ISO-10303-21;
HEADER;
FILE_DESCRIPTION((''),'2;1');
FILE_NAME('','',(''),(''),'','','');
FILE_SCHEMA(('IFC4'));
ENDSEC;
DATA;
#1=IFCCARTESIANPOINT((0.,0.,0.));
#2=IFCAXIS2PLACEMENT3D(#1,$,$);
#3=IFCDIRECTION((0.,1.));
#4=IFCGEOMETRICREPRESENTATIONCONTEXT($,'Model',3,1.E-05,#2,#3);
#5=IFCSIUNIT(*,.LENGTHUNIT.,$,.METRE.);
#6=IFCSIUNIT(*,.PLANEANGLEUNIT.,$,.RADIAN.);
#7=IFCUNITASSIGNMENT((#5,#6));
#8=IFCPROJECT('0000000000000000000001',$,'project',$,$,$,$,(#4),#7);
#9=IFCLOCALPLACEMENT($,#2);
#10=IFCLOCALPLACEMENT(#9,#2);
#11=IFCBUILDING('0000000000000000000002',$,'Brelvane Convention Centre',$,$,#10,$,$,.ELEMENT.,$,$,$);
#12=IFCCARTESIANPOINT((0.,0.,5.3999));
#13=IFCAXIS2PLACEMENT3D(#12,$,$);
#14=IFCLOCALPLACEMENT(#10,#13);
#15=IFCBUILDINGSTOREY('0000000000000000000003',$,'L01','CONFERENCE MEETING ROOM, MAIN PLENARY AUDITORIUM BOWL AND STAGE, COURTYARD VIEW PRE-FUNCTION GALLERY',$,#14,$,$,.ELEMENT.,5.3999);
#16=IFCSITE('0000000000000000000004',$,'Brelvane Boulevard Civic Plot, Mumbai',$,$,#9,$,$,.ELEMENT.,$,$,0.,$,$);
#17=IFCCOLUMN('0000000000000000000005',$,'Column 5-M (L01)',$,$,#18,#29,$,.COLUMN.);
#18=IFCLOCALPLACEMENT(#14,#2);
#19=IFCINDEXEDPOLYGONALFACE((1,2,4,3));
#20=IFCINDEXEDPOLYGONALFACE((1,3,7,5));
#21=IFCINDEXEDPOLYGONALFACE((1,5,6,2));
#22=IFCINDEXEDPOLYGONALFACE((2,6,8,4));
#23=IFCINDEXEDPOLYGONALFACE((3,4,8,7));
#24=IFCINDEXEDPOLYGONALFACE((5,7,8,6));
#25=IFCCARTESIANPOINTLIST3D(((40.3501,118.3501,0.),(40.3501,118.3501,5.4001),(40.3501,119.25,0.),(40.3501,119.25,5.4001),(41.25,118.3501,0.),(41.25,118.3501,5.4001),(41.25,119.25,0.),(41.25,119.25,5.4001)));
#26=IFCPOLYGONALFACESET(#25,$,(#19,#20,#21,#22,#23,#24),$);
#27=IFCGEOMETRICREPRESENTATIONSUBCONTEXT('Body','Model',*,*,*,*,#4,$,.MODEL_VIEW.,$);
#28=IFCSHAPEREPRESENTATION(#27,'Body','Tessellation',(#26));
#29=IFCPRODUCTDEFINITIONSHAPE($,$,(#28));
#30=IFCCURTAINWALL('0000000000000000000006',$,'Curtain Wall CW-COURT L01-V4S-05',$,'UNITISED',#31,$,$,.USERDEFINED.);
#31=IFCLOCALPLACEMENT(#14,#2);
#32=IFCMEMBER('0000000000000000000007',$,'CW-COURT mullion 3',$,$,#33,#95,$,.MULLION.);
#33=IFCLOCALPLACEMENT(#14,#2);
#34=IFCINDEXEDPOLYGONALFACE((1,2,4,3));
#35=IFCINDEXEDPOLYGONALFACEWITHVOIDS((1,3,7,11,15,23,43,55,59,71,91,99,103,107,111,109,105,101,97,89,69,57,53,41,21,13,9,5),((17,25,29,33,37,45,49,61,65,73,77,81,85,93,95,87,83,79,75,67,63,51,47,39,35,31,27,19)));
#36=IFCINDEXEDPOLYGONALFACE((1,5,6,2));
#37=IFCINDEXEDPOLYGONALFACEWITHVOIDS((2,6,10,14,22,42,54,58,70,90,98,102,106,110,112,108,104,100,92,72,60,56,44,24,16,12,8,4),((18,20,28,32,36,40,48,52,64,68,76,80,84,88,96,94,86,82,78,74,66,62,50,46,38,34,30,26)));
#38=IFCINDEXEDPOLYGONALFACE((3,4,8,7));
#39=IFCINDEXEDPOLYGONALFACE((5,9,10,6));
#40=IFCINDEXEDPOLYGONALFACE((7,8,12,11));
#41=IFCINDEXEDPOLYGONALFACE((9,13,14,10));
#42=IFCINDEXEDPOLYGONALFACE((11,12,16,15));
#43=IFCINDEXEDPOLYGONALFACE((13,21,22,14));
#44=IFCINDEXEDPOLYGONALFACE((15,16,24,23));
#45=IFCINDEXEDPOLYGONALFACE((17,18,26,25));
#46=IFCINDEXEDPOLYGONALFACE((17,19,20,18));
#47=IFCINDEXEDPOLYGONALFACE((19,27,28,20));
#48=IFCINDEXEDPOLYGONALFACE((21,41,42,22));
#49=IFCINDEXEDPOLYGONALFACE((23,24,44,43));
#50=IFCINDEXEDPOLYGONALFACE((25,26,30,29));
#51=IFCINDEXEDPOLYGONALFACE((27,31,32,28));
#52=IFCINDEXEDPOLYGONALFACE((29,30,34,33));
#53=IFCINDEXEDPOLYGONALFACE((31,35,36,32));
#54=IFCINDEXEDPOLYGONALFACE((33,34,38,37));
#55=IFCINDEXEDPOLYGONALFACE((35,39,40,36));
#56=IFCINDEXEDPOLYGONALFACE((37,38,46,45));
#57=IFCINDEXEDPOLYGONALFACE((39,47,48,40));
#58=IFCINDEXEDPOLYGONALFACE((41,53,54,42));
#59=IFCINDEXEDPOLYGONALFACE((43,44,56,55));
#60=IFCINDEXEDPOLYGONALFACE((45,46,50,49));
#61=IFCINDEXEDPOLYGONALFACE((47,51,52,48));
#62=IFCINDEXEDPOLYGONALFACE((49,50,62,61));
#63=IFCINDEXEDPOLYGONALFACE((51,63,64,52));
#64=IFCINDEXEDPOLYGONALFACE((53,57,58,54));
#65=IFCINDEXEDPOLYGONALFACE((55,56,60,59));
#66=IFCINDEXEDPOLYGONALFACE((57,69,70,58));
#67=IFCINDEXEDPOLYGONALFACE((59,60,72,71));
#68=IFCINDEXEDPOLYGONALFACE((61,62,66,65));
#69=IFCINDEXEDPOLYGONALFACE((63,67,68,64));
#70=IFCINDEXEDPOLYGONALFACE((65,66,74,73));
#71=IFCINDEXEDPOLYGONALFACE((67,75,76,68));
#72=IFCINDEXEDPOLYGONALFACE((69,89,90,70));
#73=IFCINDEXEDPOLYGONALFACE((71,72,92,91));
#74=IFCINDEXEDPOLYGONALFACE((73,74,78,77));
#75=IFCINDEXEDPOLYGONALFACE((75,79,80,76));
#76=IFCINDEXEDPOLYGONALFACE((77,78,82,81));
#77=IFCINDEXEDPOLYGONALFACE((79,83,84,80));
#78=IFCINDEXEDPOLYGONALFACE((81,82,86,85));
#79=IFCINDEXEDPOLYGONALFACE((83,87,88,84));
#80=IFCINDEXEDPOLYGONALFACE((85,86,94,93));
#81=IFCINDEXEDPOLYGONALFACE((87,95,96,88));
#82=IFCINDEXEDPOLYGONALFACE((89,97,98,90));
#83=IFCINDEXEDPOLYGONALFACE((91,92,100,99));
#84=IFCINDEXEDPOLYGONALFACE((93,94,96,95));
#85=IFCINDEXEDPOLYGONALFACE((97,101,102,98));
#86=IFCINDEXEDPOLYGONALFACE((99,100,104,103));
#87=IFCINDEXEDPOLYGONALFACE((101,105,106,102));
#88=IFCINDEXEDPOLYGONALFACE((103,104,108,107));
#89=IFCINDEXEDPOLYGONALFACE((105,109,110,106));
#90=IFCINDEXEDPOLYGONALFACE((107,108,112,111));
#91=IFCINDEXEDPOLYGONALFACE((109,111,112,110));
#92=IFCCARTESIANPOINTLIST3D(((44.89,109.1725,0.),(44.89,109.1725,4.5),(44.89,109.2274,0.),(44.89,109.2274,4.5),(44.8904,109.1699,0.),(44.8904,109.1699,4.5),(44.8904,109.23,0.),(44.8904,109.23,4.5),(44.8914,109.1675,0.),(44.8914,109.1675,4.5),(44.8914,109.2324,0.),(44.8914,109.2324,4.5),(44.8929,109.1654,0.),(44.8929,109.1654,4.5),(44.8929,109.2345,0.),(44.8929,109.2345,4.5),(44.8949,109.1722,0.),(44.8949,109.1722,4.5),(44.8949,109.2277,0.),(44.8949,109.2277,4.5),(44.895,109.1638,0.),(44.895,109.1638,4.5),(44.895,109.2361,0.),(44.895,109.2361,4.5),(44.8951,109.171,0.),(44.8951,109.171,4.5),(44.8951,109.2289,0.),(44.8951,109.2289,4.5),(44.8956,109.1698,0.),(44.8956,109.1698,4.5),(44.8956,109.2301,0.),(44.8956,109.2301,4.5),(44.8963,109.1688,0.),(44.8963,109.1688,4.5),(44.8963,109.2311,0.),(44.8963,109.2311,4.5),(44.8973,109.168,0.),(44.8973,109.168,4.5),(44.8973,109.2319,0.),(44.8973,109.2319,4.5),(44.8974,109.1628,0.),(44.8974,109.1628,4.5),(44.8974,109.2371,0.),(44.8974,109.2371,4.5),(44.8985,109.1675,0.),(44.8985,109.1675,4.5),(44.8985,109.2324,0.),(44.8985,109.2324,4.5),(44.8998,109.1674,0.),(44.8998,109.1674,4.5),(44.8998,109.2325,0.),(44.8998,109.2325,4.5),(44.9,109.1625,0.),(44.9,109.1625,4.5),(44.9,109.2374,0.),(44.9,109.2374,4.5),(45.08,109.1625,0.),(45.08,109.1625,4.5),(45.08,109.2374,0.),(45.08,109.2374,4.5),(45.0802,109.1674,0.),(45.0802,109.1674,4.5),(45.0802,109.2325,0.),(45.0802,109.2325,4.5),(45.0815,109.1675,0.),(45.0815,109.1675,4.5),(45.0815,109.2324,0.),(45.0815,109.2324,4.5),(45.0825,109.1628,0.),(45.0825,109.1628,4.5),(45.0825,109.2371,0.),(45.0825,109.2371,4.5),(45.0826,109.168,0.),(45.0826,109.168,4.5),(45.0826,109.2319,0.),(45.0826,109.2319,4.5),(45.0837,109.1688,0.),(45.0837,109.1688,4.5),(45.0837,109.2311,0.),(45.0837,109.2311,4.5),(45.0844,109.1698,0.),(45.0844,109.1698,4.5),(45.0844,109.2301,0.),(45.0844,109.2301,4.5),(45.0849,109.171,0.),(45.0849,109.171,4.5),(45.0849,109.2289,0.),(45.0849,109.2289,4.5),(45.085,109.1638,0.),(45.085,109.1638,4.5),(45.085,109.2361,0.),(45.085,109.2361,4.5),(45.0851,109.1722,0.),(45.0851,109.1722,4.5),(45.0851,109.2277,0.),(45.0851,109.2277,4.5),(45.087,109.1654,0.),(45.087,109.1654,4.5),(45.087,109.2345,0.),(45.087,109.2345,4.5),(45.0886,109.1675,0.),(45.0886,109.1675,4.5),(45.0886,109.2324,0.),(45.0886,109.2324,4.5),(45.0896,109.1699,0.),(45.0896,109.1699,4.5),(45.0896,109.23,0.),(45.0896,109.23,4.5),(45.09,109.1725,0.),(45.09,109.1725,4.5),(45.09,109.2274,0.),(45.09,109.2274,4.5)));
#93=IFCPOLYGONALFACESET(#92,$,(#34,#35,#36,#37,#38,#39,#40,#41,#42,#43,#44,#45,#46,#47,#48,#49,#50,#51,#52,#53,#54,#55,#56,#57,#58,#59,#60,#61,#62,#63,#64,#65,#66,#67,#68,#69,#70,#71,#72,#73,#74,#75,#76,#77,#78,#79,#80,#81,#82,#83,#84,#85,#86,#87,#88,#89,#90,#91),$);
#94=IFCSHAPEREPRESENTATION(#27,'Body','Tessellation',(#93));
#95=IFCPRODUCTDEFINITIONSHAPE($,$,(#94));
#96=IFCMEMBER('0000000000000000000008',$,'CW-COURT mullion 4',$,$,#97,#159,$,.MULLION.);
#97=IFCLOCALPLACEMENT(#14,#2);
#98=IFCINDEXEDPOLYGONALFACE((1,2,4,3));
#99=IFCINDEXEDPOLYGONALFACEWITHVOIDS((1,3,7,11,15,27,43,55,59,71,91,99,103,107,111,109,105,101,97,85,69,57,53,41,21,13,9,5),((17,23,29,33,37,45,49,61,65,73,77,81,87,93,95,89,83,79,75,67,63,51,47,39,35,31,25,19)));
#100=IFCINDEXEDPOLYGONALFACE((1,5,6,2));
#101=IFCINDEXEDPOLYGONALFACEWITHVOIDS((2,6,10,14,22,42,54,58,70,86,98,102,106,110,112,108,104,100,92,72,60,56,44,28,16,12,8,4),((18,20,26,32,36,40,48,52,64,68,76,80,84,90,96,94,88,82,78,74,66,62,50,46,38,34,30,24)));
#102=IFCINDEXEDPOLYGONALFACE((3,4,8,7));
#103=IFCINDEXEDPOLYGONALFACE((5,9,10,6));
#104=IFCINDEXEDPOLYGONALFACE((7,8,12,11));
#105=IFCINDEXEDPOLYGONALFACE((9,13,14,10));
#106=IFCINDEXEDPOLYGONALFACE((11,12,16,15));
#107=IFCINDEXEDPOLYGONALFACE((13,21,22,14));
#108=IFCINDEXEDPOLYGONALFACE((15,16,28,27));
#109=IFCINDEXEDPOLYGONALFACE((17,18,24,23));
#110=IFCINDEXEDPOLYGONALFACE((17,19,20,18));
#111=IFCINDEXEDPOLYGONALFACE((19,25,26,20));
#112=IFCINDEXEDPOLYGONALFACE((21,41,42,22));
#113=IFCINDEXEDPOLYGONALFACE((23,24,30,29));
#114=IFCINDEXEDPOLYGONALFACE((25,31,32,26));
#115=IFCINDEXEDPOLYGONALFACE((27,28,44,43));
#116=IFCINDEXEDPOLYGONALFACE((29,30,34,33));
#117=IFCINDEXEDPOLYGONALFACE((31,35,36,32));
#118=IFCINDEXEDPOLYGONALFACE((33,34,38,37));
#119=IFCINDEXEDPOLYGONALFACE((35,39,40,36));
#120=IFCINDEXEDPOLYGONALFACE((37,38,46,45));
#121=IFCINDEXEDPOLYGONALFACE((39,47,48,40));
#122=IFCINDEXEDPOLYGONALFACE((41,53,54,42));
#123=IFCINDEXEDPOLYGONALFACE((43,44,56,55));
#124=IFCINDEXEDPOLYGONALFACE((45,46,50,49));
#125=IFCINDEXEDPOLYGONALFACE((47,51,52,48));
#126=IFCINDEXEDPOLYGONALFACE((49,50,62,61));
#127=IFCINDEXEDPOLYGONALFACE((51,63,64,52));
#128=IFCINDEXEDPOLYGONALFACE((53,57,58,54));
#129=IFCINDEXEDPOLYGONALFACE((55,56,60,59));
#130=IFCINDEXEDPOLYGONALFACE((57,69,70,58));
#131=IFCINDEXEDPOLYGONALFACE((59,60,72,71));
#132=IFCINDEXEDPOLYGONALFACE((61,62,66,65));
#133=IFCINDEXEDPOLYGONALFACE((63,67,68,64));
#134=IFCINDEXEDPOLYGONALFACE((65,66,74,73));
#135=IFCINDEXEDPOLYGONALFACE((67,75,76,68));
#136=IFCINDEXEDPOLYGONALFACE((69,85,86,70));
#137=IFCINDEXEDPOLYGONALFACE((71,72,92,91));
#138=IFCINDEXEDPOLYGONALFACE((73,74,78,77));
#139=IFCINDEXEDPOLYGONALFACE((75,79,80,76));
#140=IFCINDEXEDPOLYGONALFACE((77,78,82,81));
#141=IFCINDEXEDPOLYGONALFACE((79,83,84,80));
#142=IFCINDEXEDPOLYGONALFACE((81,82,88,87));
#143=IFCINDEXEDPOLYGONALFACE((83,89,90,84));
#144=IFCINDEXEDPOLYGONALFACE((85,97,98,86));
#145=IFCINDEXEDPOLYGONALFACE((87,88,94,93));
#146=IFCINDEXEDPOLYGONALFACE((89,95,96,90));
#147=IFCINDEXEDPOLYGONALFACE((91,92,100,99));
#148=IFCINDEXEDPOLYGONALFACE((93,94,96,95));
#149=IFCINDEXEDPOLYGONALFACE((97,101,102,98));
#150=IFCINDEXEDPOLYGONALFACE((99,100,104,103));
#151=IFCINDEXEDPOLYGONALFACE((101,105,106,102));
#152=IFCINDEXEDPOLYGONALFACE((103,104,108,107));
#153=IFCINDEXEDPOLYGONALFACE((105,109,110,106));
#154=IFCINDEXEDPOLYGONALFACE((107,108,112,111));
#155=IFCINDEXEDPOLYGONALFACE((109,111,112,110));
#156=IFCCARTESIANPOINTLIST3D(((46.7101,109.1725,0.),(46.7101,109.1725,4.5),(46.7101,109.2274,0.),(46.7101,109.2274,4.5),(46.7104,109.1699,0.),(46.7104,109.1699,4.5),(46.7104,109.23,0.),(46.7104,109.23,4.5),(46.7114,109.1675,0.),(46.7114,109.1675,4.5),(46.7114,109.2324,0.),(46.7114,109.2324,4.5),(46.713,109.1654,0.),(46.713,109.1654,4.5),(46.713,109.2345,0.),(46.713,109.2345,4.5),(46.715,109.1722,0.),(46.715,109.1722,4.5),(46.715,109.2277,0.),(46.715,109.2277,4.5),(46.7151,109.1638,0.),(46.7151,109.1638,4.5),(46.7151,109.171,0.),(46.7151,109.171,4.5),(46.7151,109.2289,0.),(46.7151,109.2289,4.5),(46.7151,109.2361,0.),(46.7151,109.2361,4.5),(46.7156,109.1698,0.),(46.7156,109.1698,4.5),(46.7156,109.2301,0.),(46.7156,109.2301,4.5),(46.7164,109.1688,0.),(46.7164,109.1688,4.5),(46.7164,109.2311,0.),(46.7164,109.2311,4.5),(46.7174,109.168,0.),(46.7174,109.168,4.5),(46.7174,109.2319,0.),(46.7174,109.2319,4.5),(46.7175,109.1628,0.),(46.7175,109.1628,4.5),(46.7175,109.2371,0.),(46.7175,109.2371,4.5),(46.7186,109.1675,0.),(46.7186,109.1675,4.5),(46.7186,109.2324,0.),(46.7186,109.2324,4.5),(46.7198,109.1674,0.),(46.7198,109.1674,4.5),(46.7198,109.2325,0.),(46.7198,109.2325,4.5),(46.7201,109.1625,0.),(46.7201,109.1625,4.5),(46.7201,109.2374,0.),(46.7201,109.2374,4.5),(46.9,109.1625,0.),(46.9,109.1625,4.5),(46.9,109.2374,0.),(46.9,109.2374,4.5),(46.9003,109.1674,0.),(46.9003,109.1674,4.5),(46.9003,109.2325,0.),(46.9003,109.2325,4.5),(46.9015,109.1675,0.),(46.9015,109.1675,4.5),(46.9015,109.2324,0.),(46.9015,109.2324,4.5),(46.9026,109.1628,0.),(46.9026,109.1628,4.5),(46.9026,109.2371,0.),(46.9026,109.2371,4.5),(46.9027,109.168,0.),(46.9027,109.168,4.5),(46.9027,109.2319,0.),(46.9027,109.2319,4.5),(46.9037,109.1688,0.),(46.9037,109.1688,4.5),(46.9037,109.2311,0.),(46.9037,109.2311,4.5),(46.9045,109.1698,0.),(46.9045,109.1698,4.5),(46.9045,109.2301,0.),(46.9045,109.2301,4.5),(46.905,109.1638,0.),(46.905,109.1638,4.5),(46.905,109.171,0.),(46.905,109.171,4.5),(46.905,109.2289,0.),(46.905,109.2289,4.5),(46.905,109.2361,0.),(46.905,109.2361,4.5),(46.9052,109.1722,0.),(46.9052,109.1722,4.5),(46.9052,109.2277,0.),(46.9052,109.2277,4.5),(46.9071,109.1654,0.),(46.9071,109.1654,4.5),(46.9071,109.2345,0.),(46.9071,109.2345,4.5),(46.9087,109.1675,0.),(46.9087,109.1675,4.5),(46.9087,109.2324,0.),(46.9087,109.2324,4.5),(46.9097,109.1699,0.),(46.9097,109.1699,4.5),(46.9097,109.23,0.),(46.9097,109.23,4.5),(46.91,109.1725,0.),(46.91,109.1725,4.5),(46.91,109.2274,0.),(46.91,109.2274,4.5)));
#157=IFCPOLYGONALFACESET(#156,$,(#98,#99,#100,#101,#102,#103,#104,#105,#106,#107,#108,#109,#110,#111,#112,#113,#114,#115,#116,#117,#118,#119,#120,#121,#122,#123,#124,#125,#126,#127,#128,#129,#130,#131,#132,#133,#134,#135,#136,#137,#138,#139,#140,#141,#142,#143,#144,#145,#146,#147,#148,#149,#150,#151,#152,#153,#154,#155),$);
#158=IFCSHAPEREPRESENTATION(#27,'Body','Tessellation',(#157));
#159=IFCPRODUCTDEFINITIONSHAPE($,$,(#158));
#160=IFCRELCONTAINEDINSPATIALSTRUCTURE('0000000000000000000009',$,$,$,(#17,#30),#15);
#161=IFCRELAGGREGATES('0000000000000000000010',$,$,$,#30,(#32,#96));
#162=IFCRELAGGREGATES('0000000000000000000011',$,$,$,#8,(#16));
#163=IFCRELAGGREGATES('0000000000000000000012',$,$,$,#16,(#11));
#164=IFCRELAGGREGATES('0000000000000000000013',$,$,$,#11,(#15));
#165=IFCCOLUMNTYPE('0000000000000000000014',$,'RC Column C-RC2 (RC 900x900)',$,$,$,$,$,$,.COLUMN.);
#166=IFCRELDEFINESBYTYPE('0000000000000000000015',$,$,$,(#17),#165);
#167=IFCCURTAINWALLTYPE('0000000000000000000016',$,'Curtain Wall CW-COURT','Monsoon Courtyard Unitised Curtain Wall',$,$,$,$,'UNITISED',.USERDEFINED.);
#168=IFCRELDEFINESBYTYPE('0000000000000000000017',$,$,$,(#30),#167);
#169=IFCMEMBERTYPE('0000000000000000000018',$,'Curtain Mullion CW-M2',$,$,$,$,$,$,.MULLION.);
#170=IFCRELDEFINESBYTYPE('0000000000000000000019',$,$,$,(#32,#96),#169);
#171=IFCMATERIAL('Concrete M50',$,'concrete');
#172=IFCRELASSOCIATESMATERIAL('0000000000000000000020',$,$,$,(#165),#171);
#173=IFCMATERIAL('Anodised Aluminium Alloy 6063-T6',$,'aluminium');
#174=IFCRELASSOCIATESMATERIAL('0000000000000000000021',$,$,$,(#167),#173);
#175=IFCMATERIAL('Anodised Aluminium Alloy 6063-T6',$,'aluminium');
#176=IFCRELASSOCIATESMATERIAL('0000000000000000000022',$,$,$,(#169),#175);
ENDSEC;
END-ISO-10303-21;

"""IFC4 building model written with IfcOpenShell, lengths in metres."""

from ifc_helpers import new_model, si_unit, direction, frame, origin, origin_2d, place, context, subcontext, project, spatial, rectangle, hollow_rectangle, extrude, material, material_profile, profile_set, type_object, element, aggregate, save


model = new_model("IFC4")

# Units and contexts
model_context = context("Model", 3, precision=1e-05, world=origin(), true_north=direction((0.0, 1.0)))
body_context = subcontext(model_context, "Body", "Model", "MODEL_VIEW")
ifc_project = project(units=[si_unit("LENGTHUNIT", "METRE"), si_unit("PLANEANGLEUNIT", "RADIAN")], contexts=[model_context])

# Site, building, storey
site_placement = place(None, origin())
site = spatial("IfcSite", under=ifc_project, at=site_placement, Name="Brelvane Boulevard Civic Plot, Mumbai", CompositionType="ELEMENT", RefElevation=0.0)
building_placement = place(site_placement, origin())
building = spatial("IfcBuilding", under=site, at=building_placement, Name="Brelvane Convention Centre", CompositionType="ELEMENT")
storey_placement = place(building_placement, frame((0.0, 0.0, 5.3999)))
storey = spatial("IfcBuildingStorey", under=building, at=storey_placement, Name="L01", Description="CONFERENCE MEETING ROOM, MAIN PLENARY AUDITORIUM BOWL AND STAGE, COURTYARD VIEW PRE-FUNCTION GALLERY", CompositionType="ELEMENT", Elevation=5.3999)

# Column
ifc_material_1 = material(Name="Concrete M50", Category="concrete")
ifc_material_profile_1 = material_profile(ifc_material_1, rectangle(XDim=0.8999, YDim=0.8999, at=origin_2d()), Name="RC 900x900")
ifc_profile_set_1 = profile_set([ifc_material_profile_1], Name="Concrete M50")
column_type = type_object("IfcColumnType", Name="RC Column C-RC2 (RC 900x900)", PredefinedType="COLUMN", material=ifc_profile_set_1)
column_placement = place(storey_placement, frame((40.8, 118.8, 0.0), z_axis=(0.0, 0.0, 1.0), x_axis=(1.0, 0.0, 0.0)))
element("IfcColumn", 1, at=column_placement, inside=storey, type_object=column_type, Name="Column 5-M (L01)", PredefinedType="COLUMN", context=body_context, shape_type="SweptSolid", body=[
    extrude(rectangle(XDim=0.8999, YDim=0.8999, at=origin_2d()), origin(), (0.0, 0.0, 1.0), 5.4001),
])

# Curtain wall, members
ifc_material_2 = material(Name="Anodised Aluminium Alloy 6063-T6", Category="aluminium")
curtain_wall_type = type_object("IfcCurtainWallType", Name="Curtain Wall CW-COURT", Description="Monsoon Courtyard Unitised Curtain Wall", ElementType="UNITISED", PredefinedType="USERDEFINED", material=ifc_material_2)
curtain_wall_placement = place(storey_placement, origin())
curtain_wall = element("IfcCurtainWall", 2, at=curtain_wall_placement, inside=storey, type_object=curtain_wall_type, Name="Curtain Wall CW-COURT L01-V4S-05", ObjectType="UNITISED", PredefinedType="USERDEFINED")
ifc_material_3 = material(Name="Anodised Aluminium Alloy 6063-T6", Category="aluminium")
ifc_material_profile_2 = material_profile(ifc_material_3, hollow_rectangle(XDim=0.075, YDim=0.2, WallThickness=0.0049, InnerFilletRadius=0.0049, OuterFilletRadius=0.01, at=origin_2d()), Name="ALU-M 200x75x5.0")
ifc_profile_set_2 = profile_set([ifc_material_profile_2], Name="Anodised Aluminium Alloy 6063-T6")
member_type_1 = type_object("IfcMemberType", Name="Curtain Mullion CW-M2", PredefinedType="MULLION", material=ifc_profile_set_2)
member_1_placement = place(storey_placement, frame((44.99, 109.2, 0.0), z_axis=(0.0, 0.0, 1.0), x_axis=(0.0, 1.0, 0.0)))
member_1 = element("IfcMember", 3, at=member_1_placement, type_object=member_type_1, Name="CW-COURT mullion 3", PredefinedType="MULLION", context=body_context, shape_type="SweptSolid", body=[
    extrude(hollow_rectangle(XDim=0.075, YDim=0.2, WallThickness=0.0049, InnerFilletRadius=0.0049, OuterFilletRadius=0.01, at=origin_2d()), origin(), (0.0, 0.0, 1.0), 4.5),
])
member_2_placement = place(storey_placement, frame((46.8101, 109.2, 0.0), z_axis=(0.0, 0.0, 1.0), x_axis=(0.0, 1.0, 0.0)))
member_2 = element("IfcMember", 4, at=member_2_placement, type_object=member_type_1, Name="CW-COURT mullion 4", PredefinedType="MULLION", context=body_context, shape_type="SweptSolid", body=[
    extrude(hollow_rectangle(XDim=0.075, YDim=0.2, WallThickness=0.0049, InnerFilletRadius=0.0049, OuterFilletRadius=0.01, at=origin_2d()), origin(), (0.0, 0.0, 1.0), 4.5),
])

aggregate(curtain_wall, [member_1, member_2])

save(model, "model.ifc")
